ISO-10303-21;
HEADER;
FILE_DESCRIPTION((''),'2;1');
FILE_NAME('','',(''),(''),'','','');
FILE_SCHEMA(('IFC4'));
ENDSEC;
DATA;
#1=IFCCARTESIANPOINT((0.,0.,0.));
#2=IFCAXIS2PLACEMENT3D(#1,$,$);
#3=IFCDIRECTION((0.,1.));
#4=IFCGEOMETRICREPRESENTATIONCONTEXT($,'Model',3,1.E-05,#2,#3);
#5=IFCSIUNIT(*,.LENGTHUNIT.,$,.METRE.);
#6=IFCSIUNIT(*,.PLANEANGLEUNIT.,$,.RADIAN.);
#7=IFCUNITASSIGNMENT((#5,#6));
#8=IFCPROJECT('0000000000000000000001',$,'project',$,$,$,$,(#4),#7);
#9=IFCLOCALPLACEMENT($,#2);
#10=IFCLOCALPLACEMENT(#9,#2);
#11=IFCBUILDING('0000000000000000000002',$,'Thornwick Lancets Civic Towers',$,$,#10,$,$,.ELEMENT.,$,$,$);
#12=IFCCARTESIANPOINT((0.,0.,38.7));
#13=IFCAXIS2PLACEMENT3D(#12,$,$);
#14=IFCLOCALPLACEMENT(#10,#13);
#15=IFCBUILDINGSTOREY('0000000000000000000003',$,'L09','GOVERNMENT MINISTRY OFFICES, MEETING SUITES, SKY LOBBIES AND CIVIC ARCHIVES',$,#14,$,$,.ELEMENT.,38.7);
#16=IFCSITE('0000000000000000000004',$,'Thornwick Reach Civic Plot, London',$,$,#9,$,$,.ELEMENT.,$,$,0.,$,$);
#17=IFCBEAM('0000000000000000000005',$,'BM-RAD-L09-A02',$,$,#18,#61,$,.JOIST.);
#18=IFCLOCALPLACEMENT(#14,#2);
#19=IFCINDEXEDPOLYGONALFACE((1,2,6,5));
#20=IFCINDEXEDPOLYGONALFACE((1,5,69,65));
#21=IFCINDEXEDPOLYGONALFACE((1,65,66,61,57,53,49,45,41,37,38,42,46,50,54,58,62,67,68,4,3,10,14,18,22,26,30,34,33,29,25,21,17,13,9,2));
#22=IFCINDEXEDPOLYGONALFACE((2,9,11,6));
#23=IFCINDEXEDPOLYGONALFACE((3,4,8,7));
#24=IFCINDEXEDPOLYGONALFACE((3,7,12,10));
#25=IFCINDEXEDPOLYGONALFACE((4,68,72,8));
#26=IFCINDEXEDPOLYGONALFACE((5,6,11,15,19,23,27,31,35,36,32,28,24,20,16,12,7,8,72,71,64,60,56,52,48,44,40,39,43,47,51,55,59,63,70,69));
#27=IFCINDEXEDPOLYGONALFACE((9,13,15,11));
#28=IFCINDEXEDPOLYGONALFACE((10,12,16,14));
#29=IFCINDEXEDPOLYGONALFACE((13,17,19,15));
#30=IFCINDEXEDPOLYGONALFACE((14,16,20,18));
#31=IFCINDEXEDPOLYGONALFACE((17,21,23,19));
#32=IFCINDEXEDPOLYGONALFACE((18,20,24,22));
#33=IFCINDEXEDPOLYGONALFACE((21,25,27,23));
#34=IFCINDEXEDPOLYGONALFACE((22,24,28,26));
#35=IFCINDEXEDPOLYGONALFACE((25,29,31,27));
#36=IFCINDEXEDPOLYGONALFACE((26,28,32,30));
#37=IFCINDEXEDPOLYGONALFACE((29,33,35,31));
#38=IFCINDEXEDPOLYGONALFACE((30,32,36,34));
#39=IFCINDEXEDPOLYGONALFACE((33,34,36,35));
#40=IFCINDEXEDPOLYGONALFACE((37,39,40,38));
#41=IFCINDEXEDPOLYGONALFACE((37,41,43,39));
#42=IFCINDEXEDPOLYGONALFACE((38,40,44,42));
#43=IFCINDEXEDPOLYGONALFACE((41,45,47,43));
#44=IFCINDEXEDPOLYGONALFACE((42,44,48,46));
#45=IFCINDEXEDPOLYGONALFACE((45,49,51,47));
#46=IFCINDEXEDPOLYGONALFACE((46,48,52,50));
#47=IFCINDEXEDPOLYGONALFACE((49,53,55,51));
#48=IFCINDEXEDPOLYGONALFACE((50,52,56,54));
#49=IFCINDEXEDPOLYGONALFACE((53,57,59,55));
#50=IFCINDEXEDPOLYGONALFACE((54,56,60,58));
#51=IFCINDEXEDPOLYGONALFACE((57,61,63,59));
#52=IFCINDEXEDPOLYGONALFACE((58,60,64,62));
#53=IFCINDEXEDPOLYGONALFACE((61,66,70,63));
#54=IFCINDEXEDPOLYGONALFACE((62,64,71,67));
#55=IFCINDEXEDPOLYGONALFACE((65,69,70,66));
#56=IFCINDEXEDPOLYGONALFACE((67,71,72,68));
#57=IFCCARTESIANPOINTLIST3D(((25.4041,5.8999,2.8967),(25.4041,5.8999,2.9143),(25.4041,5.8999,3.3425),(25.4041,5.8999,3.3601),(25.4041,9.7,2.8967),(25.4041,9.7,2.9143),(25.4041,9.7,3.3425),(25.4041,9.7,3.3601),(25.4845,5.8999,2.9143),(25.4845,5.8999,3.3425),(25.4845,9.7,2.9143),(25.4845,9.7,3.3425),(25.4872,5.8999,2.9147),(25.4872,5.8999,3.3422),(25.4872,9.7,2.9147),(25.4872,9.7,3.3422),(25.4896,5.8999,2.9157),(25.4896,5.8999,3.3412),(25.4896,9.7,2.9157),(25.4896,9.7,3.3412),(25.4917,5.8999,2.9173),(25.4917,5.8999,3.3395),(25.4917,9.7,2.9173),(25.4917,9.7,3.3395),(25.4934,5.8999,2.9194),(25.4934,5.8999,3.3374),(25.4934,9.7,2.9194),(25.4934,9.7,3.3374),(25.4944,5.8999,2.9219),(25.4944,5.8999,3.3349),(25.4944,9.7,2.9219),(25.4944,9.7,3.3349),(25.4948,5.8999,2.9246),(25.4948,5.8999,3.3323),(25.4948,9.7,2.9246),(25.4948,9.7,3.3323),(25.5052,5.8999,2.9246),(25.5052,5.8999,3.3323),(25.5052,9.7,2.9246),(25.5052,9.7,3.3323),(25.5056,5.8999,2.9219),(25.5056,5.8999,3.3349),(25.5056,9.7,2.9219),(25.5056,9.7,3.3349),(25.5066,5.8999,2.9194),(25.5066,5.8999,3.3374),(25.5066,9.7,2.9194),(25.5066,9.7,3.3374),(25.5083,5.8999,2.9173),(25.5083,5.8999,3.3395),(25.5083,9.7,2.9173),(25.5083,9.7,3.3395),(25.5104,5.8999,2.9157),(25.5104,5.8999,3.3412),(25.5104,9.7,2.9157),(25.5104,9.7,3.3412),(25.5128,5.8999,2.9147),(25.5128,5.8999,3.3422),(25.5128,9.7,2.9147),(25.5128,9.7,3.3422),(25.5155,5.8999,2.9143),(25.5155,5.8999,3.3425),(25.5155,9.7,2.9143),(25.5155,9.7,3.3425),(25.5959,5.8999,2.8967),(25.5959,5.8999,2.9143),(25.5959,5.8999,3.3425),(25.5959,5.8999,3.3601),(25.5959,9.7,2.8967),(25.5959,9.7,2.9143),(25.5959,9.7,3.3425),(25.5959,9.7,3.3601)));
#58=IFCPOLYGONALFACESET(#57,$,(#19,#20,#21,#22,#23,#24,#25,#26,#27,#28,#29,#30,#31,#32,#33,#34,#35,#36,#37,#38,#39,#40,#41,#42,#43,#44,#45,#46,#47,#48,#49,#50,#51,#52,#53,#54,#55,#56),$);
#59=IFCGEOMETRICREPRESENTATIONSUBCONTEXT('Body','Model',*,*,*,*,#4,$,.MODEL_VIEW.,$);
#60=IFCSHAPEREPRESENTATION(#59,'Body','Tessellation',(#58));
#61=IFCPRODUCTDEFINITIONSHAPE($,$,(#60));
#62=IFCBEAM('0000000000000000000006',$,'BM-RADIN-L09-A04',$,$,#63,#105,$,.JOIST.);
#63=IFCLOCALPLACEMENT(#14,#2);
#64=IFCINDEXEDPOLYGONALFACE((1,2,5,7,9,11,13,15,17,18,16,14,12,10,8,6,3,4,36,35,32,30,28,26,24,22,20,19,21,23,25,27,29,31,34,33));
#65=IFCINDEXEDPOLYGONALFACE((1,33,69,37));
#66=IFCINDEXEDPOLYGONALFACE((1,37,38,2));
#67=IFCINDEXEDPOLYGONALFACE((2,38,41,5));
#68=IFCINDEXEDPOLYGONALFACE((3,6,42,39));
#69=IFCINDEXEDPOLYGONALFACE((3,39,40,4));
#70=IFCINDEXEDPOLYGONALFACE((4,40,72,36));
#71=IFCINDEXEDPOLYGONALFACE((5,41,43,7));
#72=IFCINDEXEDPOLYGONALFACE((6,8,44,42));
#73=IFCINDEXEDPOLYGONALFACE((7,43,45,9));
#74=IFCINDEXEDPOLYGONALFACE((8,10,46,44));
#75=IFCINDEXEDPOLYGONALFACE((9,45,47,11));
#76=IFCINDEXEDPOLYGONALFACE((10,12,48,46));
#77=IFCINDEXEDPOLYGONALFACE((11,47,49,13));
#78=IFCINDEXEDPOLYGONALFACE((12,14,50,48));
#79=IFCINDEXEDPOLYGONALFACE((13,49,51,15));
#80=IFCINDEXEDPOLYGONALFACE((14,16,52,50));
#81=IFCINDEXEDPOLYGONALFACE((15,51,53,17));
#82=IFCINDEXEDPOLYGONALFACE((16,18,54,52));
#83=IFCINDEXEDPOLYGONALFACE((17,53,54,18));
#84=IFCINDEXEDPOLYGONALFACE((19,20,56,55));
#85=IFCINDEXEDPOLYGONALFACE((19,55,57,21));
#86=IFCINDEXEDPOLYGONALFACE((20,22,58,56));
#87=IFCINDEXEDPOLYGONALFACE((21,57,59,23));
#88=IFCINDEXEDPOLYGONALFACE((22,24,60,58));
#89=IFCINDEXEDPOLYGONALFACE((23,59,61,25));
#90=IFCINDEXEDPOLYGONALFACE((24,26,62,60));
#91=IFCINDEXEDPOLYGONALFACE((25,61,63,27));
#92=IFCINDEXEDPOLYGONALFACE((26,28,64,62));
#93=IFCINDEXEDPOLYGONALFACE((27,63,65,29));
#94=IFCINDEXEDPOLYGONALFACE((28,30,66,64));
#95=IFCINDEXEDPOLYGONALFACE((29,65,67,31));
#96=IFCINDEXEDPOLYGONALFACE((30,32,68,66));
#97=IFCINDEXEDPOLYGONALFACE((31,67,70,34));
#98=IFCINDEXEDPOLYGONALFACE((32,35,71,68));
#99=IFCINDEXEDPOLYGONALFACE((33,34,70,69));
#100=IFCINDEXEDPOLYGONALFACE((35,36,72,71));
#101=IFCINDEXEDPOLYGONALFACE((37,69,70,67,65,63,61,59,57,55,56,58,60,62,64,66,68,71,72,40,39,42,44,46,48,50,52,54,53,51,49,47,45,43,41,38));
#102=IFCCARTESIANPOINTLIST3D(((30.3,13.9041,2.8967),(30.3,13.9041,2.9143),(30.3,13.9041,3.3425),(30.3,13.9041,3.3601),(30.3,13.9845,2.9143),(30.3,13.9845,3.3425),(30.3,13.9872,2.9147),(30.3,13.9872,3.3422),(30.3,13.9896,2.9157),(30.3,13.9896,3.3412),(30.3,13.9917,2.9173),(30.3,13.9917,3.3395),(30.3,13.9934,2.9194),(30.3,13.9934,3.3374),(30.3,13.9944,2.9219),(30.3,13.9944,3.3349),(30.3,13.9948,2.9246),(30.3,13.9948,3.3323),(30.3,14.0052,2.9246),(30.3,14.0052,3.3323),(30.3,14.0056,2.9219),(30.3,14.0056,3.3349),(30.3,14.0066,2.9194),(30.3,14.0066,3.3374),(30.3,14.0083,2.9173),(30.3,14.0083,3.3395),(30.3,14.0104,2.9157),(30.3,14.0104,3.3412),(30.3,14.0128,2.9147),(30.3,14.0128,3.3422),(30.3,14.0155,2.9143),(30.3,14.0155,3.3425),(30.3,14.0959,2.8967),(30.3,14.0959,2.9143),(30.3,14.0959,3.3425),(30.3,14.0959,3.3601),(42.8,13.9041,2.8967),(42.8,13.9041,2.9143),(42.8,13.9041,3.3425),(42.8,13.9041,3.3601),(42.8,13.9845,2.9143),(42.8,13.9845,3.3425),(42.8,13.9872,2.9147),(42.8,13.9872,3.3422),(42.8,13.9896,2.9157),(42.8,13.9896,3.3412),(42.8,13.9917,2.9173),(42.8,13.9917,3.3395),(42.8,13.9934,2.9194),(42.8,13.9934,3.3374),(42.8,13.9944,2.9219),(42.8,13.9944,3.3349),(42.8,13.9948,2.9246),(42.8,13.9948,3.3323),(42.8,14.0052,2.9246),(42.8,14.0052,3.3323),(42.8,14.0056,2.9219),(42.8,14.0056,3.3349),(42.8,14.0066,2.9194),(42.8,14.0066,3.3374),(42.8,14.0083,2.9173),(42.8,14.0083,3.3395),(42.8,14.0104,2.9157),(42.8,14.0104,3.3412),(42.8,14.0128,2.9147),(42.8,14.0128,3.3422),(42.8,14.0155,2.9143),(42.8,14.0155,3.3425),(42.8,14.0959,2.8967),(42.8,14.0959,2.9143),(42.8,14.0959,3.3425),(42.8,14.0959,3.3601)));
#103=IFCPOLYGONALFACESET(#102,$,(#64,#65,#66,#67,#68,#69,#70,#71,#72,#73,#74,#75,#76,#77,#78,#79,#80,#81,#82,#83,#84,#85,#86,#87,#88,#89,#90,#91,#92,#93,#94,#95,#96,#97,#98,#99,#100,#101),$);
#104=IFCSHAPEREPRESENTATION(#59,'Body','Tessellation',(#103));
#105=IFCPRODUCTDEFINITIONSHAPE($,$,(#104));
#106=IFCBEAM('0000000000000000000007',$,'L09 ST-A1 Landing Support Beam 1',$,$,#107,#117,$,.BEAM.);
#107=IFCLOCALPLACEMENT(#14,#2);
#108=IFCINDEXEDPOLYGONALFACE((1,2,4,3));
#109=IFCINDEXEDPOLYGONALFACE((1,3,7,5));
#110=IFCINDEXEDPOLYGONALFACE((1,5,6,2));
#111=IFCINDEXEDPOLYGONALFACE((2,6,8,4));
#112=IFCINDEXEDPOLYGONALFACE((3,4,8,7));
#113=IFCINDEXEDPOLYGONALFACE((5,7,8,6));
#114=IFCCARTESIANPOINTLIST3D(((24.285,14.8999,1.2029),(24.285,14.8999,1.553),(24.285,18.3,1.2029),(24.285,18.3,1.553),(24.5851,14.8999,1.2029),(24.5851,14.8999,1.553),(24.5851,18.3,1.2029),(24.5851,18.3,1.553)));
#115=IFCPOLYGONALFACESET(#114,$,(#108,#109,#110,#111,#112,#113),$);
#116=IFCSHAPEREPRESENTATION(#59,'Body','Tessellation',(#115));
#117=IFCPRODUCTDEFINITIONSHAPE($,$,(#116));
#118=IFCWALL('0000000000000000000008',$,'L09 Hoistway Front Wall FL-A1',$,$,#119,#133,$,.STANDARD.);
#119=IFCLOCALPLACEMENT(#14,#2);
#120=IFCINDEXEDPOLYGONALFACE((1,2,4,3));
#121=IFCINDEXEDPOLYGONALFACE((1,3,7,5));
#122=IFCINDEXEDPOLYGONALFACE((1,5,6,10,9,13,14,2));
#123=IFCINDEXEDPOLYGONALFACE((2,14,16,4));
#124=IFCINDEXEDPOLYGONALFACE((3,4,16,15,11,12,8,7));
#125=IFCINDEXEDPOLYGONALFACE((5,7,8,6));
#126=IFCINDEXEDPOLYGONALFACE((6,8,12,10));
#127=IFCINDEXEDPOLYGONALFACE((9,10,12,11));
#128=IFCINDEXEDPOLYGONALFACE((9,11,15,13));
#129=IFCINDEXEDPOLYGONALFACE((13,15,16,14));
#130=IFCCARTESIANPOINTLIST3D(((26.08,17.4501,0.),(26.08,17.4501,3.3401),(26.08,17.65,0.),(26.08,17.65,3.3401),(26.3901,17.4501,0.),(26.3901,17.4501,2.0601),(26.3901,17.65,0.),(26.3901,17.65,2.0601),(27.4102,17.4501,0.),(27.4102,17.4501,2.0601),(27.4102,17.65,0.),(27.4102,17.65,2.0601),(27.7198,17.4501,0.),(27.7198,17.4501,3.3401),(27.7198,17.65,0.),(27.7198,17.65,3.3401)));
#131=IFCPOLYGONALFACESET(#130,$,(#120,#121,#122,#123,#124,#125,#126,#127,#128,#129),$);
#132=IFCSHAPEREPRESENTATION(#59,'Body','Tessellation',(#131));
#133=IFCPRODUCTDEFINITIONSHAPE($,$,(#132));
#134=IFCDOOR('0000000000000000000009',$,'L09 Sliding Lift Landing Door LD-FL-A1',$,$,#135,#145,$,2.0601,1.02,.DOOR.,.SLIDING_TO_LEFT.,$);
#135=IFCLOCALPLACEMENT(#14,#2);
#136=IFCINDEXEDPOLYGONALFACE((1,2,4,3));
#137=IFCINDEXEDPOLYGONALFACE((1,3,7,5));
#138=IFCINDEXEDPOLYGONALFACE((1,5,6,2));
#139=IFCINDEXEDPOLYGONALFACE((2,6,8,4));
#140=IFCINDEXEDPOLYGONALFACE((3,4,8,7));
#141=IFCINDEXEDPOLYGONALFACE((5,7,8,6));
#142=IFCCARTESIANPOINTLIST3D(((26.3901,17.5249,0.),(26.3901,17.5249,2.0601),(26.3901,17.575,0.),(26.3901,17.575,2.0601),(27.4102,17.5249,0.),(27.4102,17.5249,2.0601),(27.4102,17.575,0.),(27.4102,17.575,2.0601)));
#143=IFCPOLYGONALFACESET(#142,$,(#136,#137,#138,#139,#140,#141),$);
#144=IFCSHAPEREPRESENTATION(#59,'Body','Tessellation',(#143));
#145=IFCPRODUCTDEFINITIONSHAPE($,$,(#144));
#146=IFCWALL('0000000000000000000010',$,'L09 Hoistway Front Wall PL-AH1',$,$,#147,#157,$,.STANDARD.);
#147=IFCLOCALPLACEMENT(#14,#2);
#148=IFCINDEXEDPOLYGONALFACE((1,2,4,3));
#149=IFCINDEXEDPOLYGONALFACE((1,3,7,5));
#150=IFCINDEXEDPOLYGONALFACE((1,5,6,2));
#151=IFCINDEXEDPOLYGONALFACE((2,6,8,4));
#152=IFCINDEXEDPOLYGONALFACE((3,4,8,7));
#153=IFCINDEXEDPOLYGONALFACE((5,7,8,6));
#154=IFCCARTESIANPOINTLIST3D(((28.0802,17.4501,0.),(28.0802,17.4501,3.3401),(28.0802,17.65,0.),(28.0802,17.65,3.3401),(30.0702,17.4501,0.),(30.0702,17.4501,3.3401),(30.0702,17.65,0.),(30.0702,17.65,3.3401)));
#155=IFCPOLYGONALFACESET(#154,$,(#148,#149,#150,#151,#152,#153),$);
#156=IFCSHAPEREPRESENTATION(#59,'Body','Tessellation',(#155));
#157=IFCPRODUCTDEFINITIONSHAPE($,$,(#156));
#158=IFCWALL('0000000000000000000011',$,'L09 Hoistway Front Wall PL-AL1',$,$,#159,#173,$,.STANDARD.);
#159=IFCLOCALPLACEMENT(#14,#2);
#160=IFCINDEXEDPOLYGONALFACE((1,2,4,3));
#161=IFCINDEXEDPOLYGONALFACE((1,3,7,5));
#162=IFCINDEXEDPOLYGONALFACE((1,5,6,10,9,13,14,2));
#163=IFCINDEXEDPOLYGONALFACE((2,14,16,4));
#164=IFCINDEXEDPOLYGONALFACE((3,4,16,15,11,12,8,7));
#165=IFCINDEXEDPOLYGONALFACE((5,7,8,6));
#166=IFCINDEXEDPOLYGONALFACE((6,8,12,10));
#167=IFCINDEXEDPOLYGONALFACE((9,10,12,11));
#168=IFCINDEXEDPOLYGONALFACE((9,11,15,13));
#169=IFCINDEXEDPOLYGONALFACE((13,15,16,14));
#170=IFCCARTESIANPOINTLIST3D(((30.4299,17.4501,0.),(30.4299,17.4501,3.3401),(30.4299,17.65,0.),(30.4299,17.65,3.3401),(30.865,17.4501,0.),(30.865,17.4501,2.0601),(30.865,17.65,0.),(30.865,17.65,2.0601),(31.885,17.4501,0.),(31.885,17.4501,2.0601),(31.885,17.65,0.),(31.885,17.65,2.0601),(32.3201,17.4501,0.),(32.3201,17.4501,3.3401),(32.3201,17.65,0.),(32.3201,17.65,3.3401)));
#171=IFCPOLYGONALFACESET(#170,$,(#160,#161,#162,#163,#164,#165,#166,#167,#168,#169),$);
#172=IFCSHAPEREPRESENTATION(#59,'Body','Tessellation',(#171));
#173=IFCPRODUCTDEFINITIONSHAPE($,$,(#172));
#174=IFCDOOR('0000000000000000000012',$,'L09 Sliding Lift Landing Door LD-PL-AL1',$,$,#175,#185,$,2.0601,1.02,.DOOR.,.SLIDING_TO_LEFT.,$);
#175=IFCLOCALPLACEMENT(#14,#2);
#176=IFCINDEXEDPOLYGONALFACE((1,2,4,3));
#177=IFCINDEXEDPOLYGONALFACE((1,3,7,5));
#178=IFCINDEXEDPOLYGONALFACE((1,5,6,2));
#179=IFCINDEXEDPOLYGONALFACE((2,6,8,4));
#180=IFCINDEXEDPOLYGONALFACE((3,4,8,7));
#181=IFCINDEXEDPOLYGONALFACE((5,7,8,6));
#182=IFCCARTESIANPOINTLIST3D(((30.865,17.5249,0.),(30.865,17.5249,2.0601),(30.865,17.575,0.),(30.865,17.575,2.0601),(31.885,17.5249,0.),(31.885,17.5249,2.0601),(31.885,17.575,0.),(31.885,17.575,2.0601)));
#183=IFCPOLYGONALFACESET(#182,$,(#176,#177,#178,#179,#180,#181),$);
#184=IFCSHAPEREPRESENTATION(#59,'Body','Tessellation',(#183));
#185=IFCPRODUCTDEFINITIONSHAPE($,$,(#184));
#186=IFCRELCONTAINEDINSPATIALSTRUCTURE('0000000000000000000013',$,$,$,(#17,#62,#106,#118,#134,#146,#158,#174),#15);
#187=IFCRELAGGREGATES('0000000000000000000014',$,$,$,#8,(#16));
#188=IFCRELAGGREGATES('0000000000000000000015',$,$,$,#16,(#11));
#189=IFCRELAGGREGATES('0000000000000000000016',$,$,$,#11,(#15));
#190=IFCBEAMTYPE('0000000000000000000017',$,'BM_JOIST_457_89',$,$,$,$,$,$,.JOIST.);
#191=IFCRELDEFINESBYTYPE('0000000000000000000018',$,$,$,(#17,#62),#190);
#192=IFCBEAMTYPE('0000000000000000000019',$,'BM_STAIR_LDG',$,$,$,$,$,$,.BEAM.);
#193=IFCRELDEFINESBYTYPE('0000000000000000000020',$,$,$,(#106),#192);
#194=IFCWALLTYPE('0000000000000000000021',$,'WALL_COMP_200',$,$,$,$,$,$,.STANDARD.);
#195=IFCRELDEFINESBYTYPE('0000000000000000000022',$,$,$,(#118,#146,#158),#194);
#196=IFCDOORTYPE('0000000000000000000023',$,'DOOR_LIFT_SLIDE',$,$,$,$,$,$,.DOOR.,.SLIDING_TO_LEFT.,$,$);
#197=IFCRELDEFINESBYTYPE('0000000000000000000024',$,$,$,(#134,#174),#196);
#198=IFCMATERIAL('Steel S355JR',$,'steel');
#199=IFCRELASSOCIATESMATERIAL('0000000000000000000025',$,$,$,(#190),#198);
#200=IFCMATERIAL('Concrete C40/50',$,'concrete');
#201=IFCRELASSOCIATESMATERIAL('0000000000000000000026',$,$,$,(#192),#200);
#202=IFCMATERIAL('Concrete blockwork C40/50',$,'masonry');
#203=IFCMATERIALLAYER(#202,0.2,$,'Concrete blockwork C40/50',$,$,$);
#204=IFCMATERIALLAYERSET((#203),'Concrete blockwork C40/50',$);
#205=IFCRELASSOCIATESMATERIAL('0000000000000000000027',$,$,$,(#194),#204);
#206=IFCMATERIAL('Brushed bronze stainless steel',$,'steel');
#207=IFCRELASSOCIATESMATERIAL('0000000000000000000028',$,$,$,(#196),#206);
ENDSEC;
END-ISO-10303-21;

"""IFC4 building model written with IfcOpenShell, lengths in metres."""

from ifc_helpers import new_model, si_unit, direction, frame, frame_2d, origin, origin_2d, place, context, subcontext, project, spatial, rectangle, i_section, extrude, material, layer, layer_set, material_profile, profile_set, type_object, element, fill, save


model = new_model("IFC4")

# Units and contexts
model_context = context("Model", 3, precision=1e-05, world=origin(), true_north=direction((0.0, 1.0)))
body_context = subcontext(model_context, "Body", "Model", "MODEL_VIEW")
ifc_project = project(units=[si_unit("LENGTHUNIT", "METRE"), si_unit("PLANEANGLEUNIT", "RADIAN")], contexts=[model_context])

# Site, building, storey
site_placement = place(None, origin())
site = spatial("IfcSite", under=ifc_project, at=site_placement, Name="Thornwick Reach Civic Plot, London", CompositionType="ELEMENT", RefElevation=0.0)
building_placement = place(site_placement, origin())
building = spatial("IfcBuilding", under=site, at=building_placement, Name="Thornwick Lancets Civic Towers", CompositionType="ELEMENT")
storey_placement = place(building_placement, frame((0.0, 0.0, 38.7)))
storey = spatial("IfcBuildingStorey", under=building, at=storey_placement, Name="L09", Description="GOVERNMENT MINISTRY OFFICES, MEETING SUITES, SKY LOBBIES AND CIVIC ARCHIVES", CompositionType="ELEMENT", Elevation=38.7)

# Beams
ifc_material_1 = material(Name="Steel S355JR", Category="steel")
ifc_material_profile_1 = material_profile(ifc_material_1, i_section(OverallWidth=0.1919, OverallDepth=0.4634, WebThickness=0.0105, FlangeThickness=0.0176, FilletRadius=0.0103, at=origin_2d()), Name="UKB 457x191x89")
ifc_profile_set_1 = profile_set([ifc_material_profile_1], Name="Steel S355JR")
beam_type_1 = type_object("IfcBeamType", Name="BM_JOIST_457_89", PredefinedType="JOIST", material=ifc_profile_set_1)
beam_1_placement = place(storey_placement, frame((25.5, 9.7, 3.1284), z_axis=(0.0, -1.0, 0.0), x_axis=(1.0, 0.0, 0.0)))
element("IfcBeam", 1, at=beam_1_placement, inside=storey, type_object=beam_type_1, Name="BM-RAD-L09-A02", PredefinedType="JOIST", context=body_context, shape_type="SweptSolid", body=[
    extrude(i_section(OverallWidth=0.1919, OverallDepth=0.4634, WebThickness=0.0105, FlangeThickness=0.0176, FilletRadius=0.0103, at=origin_2d()), origin(), (0.0, 0.0, 1.0), 3.8),
])
beam_2_placement = place(storey_placement, frame((30.3, 14.0, 3.1284), z_axis=(1.0, 0.0, 0.0), x_axis=(0.0, 1.0, 0.0)))
element("IfcBeam", 2, at=beam_2_placement, inside=storey, type_object=beam_type_1, Name="BM-RADIN-L09-A04", PredefinedType="JOIST", context=body_context, shape_type="SweptSolid", body=[
    extrude(i_section(OverallWidth=0.1919, OverallDepth=0.4634, WebThickness=0.0105, FlangeThickness=0.0176, FilletRadius=0.0103, at=origin_2d()), origin(), (0.0, 0.0, 1.0), 12.5),
])
ifc_material_2 = material(Name="Concrete C40/50", Category="concrete")
ifc_material_profile_2 = material_profile(ifc_material_2, rectangle(XDim=0.3, YDim=0.3501, at=origin_2d()), Name="RC 300x350")
ifc_profile_set_2 = profile_set([ifc_material_profile_2], Name="Concrete C40/50")
beam_type_2 = type_object("IfcBeamType", Name="BM_STAIR_LDG", PredefinedType="BEAM", material=ifc_profile_set_2)
beam_3_placement = place(storey_placement, frame((24.4351, 14.8999, 1.3779), z_axis=(0.0, 1.0, 0.0), x_axis=(-1.0, 0.0, 0.0)))
element("IfcBeam", 3, at=beam_3_placement, inside=storey, type_object=beam_type_2, Name="L09 ST-A1 Landing Support Beam 1", PredefinedType="BEAM", context=body_context, shape_type="SweptSolid", body=[
    extrude(rectangle(XDim=0.3, YDim=0.3501, at=origin_2d()), origin(), (0.0, 0.0, 1.0), 3.4001),
])

# Wall, opening, door
ifc_material_3 = material(Name="Concrete blockwork C40/50", Category="masonry")
ifc_layer_1 = layer(ifc_material_3, 0.2, Name="Concrete blockwork C40/50")
ifc_layer_set_1 = layer_set([ifc_layer_1], Name="Concrete blockwork C40/50")
wall_type_1 = type_object("IfcWallType", Name="WALL_COMP_200", PredefinedType="STANDARD", material=ifc_layer_set_1)
wall_1_placement = place(storey_placement, frame((26.0801, 17.55, 0.0), z_axis=(0.0, 0.0, 1.0), x_axis=(1.0, 0.0, 0.0)))
wall_1 = element("IfcWall", 4, at=wall_1_placement, inside=storey, type_object=wall_type_1, Name="L09 Hoistway Front Wall FL-A1", PredefinedType="STANDARD", context=body_context, shape_type="SweptSolid", body=[
    extrude(rectangle(XDim=1.6399, YDim=0.2, at=frame_2d((0.8198, 0.0))), origin(), (0.0, 0.0, 1.0), 3.3401),
])
opening_1_placement = place(wall_1_placement, frame((0.3101, 0.0, 0.0)))
opening_1 = element("IfcOpeningElement", 5, at=opening_1_placement, cuts=wall_1, PredefinedType="OPENING", context=body_context, shape_type="SweptSolid", body=[
    extrude(rectangle(XDim=1.02, YDim=2.0601, at=frame_2d((0.51, 1.03))), frame((0.0, 0.1099, 0.0), z_axis=(0.0, -1.0, 0.0), x_axis=(1.0, 0.0, 0.0)), (0.0, 0.0, 1.0), 0.22),
])
ifc_material_4 = material(Name="Brushed bronze stainless steel", Category="steel")
door_type_1 = type_object("IfcDoorType", Name="DOOR_LIFT_SLIDE", OperationType="SLIDING_TO_LEFT", PredefinedType="DOOR", material=ifc_material_4)
door_1_placement = place(opening_1_placement, origin())
door_1 = element("IfcDoor", 6, at=door_1_placement, inside=storey, type_object=door_type_1, Name="L09 Sliding Lift Landing Door LD-FL-A1", OperationType="SLIDING_TO_LEFT", OverallHeight=2.0601, OverallWidth=1.02, PredefinedType="DOOR", context=body_context, shape_type="SweptSolid", body=[
    extrude(rectangle(XDim=1.02, YDim=2.0601, at=frame_2d((0.51, 1.03))), frame((0.0, 0.0249, 0.0), z_axis=(0.0, -1.0, 0.0), x_axis=(1.0, 0.0, 0.0)), (0.0, 0.0, 1.0), 0.05),
])
fill(opening_1, door_1)

# Wall
wall_2_placement = place(storey_placement, frame((28.0801, 17.55, 0.0), z_axis=(0.0, 0.0, 1.0), x_axis=(1.0, 0.0, 0.0)))
element("IfcWall", 7, at=wall_2_placement, inside=storey, type_object=wall_type_1, Name="L09 Hoistway Front Wall PL-AH1", PredefinedType="STANDARD", context=body_context, shape_type="SweptSolid", body=[
    extrude(rectangle(XDim=1.99, YDim=0.2, at=frame_2d((0.9951, 0.0))), origin(), (0.0, 0.0, 1.0), 3.3401),
])

# Wall, opening, door
wall_3_placement = place(storey_placement, frame((30.4299, 17.55, 0.0), z_axis=(0.0, 0.0, 1.0), x_axis=(1.0, 0.0, 0.0)))
wall_3 = element("IfcWall", 8, at=wall_3_placement, inside=storey, type_object=wall_type_1, Name="L09 Hoistway Front Wall PL-AL1", PredefinedType="STANDARD", context=body_context, shape_type="SweptSolid", body=[
    extrude(rectangle(XDim=1.8901, YDim=0.2, at=frame_2d((0.9451, 0.0))), origin(), (0.0, 0.0, 1.0), 3.3401),
])
opening_2_placement = place(wall_3_placement, frame((0.4351, 0.0, 0.0)))
opening_2 = element("IfcOpeningElement", 9, at=opening_2_placement, cuts=wall_3, PredefinedType="OPENING", context=body_context, shape_type="SweptSolid", body=[
    extrude(rectangle(XDim=1.02, YDim=2.0601, at=frame_2d((0.51, 1.03))), frame((0.0, 0.1099, 0.0), z_axis=(0.0, -1.0, 0.0), x_axis=(1.0, 0.0, 0.0)), (0.0, 0.0, 1.0), 0.22),
])
door_2_placement = place(opening_2_placement, origin())
door_2 = element("IfcDoor", 10, at=door_2_placement, inside=storey, type_object=door_type_1, Name="L09 Sliding Lift Landing Door LD-PL-AL1", OperationType="SLIDING_TO_LEFT", OverallHeight=2.0601, OverallWidth=1.02, PredefinedType="DOOR", context=body_context, shape_type="SweptSolid", body=[
    extrude(rectangle(XDim=1.02, YDim=2.0601, at=frame_2d((0.51, 1.03))), frame((0.0, 0.0249, 0.0), z_axis=(0.0, -1.0, 0.0), x_axis=(1.0, 0.0, 0.0)), (0.0, 0.0, 1.0), 0.05),
])
fill(opening_2, door_2)

save(model, "model.ifc")
